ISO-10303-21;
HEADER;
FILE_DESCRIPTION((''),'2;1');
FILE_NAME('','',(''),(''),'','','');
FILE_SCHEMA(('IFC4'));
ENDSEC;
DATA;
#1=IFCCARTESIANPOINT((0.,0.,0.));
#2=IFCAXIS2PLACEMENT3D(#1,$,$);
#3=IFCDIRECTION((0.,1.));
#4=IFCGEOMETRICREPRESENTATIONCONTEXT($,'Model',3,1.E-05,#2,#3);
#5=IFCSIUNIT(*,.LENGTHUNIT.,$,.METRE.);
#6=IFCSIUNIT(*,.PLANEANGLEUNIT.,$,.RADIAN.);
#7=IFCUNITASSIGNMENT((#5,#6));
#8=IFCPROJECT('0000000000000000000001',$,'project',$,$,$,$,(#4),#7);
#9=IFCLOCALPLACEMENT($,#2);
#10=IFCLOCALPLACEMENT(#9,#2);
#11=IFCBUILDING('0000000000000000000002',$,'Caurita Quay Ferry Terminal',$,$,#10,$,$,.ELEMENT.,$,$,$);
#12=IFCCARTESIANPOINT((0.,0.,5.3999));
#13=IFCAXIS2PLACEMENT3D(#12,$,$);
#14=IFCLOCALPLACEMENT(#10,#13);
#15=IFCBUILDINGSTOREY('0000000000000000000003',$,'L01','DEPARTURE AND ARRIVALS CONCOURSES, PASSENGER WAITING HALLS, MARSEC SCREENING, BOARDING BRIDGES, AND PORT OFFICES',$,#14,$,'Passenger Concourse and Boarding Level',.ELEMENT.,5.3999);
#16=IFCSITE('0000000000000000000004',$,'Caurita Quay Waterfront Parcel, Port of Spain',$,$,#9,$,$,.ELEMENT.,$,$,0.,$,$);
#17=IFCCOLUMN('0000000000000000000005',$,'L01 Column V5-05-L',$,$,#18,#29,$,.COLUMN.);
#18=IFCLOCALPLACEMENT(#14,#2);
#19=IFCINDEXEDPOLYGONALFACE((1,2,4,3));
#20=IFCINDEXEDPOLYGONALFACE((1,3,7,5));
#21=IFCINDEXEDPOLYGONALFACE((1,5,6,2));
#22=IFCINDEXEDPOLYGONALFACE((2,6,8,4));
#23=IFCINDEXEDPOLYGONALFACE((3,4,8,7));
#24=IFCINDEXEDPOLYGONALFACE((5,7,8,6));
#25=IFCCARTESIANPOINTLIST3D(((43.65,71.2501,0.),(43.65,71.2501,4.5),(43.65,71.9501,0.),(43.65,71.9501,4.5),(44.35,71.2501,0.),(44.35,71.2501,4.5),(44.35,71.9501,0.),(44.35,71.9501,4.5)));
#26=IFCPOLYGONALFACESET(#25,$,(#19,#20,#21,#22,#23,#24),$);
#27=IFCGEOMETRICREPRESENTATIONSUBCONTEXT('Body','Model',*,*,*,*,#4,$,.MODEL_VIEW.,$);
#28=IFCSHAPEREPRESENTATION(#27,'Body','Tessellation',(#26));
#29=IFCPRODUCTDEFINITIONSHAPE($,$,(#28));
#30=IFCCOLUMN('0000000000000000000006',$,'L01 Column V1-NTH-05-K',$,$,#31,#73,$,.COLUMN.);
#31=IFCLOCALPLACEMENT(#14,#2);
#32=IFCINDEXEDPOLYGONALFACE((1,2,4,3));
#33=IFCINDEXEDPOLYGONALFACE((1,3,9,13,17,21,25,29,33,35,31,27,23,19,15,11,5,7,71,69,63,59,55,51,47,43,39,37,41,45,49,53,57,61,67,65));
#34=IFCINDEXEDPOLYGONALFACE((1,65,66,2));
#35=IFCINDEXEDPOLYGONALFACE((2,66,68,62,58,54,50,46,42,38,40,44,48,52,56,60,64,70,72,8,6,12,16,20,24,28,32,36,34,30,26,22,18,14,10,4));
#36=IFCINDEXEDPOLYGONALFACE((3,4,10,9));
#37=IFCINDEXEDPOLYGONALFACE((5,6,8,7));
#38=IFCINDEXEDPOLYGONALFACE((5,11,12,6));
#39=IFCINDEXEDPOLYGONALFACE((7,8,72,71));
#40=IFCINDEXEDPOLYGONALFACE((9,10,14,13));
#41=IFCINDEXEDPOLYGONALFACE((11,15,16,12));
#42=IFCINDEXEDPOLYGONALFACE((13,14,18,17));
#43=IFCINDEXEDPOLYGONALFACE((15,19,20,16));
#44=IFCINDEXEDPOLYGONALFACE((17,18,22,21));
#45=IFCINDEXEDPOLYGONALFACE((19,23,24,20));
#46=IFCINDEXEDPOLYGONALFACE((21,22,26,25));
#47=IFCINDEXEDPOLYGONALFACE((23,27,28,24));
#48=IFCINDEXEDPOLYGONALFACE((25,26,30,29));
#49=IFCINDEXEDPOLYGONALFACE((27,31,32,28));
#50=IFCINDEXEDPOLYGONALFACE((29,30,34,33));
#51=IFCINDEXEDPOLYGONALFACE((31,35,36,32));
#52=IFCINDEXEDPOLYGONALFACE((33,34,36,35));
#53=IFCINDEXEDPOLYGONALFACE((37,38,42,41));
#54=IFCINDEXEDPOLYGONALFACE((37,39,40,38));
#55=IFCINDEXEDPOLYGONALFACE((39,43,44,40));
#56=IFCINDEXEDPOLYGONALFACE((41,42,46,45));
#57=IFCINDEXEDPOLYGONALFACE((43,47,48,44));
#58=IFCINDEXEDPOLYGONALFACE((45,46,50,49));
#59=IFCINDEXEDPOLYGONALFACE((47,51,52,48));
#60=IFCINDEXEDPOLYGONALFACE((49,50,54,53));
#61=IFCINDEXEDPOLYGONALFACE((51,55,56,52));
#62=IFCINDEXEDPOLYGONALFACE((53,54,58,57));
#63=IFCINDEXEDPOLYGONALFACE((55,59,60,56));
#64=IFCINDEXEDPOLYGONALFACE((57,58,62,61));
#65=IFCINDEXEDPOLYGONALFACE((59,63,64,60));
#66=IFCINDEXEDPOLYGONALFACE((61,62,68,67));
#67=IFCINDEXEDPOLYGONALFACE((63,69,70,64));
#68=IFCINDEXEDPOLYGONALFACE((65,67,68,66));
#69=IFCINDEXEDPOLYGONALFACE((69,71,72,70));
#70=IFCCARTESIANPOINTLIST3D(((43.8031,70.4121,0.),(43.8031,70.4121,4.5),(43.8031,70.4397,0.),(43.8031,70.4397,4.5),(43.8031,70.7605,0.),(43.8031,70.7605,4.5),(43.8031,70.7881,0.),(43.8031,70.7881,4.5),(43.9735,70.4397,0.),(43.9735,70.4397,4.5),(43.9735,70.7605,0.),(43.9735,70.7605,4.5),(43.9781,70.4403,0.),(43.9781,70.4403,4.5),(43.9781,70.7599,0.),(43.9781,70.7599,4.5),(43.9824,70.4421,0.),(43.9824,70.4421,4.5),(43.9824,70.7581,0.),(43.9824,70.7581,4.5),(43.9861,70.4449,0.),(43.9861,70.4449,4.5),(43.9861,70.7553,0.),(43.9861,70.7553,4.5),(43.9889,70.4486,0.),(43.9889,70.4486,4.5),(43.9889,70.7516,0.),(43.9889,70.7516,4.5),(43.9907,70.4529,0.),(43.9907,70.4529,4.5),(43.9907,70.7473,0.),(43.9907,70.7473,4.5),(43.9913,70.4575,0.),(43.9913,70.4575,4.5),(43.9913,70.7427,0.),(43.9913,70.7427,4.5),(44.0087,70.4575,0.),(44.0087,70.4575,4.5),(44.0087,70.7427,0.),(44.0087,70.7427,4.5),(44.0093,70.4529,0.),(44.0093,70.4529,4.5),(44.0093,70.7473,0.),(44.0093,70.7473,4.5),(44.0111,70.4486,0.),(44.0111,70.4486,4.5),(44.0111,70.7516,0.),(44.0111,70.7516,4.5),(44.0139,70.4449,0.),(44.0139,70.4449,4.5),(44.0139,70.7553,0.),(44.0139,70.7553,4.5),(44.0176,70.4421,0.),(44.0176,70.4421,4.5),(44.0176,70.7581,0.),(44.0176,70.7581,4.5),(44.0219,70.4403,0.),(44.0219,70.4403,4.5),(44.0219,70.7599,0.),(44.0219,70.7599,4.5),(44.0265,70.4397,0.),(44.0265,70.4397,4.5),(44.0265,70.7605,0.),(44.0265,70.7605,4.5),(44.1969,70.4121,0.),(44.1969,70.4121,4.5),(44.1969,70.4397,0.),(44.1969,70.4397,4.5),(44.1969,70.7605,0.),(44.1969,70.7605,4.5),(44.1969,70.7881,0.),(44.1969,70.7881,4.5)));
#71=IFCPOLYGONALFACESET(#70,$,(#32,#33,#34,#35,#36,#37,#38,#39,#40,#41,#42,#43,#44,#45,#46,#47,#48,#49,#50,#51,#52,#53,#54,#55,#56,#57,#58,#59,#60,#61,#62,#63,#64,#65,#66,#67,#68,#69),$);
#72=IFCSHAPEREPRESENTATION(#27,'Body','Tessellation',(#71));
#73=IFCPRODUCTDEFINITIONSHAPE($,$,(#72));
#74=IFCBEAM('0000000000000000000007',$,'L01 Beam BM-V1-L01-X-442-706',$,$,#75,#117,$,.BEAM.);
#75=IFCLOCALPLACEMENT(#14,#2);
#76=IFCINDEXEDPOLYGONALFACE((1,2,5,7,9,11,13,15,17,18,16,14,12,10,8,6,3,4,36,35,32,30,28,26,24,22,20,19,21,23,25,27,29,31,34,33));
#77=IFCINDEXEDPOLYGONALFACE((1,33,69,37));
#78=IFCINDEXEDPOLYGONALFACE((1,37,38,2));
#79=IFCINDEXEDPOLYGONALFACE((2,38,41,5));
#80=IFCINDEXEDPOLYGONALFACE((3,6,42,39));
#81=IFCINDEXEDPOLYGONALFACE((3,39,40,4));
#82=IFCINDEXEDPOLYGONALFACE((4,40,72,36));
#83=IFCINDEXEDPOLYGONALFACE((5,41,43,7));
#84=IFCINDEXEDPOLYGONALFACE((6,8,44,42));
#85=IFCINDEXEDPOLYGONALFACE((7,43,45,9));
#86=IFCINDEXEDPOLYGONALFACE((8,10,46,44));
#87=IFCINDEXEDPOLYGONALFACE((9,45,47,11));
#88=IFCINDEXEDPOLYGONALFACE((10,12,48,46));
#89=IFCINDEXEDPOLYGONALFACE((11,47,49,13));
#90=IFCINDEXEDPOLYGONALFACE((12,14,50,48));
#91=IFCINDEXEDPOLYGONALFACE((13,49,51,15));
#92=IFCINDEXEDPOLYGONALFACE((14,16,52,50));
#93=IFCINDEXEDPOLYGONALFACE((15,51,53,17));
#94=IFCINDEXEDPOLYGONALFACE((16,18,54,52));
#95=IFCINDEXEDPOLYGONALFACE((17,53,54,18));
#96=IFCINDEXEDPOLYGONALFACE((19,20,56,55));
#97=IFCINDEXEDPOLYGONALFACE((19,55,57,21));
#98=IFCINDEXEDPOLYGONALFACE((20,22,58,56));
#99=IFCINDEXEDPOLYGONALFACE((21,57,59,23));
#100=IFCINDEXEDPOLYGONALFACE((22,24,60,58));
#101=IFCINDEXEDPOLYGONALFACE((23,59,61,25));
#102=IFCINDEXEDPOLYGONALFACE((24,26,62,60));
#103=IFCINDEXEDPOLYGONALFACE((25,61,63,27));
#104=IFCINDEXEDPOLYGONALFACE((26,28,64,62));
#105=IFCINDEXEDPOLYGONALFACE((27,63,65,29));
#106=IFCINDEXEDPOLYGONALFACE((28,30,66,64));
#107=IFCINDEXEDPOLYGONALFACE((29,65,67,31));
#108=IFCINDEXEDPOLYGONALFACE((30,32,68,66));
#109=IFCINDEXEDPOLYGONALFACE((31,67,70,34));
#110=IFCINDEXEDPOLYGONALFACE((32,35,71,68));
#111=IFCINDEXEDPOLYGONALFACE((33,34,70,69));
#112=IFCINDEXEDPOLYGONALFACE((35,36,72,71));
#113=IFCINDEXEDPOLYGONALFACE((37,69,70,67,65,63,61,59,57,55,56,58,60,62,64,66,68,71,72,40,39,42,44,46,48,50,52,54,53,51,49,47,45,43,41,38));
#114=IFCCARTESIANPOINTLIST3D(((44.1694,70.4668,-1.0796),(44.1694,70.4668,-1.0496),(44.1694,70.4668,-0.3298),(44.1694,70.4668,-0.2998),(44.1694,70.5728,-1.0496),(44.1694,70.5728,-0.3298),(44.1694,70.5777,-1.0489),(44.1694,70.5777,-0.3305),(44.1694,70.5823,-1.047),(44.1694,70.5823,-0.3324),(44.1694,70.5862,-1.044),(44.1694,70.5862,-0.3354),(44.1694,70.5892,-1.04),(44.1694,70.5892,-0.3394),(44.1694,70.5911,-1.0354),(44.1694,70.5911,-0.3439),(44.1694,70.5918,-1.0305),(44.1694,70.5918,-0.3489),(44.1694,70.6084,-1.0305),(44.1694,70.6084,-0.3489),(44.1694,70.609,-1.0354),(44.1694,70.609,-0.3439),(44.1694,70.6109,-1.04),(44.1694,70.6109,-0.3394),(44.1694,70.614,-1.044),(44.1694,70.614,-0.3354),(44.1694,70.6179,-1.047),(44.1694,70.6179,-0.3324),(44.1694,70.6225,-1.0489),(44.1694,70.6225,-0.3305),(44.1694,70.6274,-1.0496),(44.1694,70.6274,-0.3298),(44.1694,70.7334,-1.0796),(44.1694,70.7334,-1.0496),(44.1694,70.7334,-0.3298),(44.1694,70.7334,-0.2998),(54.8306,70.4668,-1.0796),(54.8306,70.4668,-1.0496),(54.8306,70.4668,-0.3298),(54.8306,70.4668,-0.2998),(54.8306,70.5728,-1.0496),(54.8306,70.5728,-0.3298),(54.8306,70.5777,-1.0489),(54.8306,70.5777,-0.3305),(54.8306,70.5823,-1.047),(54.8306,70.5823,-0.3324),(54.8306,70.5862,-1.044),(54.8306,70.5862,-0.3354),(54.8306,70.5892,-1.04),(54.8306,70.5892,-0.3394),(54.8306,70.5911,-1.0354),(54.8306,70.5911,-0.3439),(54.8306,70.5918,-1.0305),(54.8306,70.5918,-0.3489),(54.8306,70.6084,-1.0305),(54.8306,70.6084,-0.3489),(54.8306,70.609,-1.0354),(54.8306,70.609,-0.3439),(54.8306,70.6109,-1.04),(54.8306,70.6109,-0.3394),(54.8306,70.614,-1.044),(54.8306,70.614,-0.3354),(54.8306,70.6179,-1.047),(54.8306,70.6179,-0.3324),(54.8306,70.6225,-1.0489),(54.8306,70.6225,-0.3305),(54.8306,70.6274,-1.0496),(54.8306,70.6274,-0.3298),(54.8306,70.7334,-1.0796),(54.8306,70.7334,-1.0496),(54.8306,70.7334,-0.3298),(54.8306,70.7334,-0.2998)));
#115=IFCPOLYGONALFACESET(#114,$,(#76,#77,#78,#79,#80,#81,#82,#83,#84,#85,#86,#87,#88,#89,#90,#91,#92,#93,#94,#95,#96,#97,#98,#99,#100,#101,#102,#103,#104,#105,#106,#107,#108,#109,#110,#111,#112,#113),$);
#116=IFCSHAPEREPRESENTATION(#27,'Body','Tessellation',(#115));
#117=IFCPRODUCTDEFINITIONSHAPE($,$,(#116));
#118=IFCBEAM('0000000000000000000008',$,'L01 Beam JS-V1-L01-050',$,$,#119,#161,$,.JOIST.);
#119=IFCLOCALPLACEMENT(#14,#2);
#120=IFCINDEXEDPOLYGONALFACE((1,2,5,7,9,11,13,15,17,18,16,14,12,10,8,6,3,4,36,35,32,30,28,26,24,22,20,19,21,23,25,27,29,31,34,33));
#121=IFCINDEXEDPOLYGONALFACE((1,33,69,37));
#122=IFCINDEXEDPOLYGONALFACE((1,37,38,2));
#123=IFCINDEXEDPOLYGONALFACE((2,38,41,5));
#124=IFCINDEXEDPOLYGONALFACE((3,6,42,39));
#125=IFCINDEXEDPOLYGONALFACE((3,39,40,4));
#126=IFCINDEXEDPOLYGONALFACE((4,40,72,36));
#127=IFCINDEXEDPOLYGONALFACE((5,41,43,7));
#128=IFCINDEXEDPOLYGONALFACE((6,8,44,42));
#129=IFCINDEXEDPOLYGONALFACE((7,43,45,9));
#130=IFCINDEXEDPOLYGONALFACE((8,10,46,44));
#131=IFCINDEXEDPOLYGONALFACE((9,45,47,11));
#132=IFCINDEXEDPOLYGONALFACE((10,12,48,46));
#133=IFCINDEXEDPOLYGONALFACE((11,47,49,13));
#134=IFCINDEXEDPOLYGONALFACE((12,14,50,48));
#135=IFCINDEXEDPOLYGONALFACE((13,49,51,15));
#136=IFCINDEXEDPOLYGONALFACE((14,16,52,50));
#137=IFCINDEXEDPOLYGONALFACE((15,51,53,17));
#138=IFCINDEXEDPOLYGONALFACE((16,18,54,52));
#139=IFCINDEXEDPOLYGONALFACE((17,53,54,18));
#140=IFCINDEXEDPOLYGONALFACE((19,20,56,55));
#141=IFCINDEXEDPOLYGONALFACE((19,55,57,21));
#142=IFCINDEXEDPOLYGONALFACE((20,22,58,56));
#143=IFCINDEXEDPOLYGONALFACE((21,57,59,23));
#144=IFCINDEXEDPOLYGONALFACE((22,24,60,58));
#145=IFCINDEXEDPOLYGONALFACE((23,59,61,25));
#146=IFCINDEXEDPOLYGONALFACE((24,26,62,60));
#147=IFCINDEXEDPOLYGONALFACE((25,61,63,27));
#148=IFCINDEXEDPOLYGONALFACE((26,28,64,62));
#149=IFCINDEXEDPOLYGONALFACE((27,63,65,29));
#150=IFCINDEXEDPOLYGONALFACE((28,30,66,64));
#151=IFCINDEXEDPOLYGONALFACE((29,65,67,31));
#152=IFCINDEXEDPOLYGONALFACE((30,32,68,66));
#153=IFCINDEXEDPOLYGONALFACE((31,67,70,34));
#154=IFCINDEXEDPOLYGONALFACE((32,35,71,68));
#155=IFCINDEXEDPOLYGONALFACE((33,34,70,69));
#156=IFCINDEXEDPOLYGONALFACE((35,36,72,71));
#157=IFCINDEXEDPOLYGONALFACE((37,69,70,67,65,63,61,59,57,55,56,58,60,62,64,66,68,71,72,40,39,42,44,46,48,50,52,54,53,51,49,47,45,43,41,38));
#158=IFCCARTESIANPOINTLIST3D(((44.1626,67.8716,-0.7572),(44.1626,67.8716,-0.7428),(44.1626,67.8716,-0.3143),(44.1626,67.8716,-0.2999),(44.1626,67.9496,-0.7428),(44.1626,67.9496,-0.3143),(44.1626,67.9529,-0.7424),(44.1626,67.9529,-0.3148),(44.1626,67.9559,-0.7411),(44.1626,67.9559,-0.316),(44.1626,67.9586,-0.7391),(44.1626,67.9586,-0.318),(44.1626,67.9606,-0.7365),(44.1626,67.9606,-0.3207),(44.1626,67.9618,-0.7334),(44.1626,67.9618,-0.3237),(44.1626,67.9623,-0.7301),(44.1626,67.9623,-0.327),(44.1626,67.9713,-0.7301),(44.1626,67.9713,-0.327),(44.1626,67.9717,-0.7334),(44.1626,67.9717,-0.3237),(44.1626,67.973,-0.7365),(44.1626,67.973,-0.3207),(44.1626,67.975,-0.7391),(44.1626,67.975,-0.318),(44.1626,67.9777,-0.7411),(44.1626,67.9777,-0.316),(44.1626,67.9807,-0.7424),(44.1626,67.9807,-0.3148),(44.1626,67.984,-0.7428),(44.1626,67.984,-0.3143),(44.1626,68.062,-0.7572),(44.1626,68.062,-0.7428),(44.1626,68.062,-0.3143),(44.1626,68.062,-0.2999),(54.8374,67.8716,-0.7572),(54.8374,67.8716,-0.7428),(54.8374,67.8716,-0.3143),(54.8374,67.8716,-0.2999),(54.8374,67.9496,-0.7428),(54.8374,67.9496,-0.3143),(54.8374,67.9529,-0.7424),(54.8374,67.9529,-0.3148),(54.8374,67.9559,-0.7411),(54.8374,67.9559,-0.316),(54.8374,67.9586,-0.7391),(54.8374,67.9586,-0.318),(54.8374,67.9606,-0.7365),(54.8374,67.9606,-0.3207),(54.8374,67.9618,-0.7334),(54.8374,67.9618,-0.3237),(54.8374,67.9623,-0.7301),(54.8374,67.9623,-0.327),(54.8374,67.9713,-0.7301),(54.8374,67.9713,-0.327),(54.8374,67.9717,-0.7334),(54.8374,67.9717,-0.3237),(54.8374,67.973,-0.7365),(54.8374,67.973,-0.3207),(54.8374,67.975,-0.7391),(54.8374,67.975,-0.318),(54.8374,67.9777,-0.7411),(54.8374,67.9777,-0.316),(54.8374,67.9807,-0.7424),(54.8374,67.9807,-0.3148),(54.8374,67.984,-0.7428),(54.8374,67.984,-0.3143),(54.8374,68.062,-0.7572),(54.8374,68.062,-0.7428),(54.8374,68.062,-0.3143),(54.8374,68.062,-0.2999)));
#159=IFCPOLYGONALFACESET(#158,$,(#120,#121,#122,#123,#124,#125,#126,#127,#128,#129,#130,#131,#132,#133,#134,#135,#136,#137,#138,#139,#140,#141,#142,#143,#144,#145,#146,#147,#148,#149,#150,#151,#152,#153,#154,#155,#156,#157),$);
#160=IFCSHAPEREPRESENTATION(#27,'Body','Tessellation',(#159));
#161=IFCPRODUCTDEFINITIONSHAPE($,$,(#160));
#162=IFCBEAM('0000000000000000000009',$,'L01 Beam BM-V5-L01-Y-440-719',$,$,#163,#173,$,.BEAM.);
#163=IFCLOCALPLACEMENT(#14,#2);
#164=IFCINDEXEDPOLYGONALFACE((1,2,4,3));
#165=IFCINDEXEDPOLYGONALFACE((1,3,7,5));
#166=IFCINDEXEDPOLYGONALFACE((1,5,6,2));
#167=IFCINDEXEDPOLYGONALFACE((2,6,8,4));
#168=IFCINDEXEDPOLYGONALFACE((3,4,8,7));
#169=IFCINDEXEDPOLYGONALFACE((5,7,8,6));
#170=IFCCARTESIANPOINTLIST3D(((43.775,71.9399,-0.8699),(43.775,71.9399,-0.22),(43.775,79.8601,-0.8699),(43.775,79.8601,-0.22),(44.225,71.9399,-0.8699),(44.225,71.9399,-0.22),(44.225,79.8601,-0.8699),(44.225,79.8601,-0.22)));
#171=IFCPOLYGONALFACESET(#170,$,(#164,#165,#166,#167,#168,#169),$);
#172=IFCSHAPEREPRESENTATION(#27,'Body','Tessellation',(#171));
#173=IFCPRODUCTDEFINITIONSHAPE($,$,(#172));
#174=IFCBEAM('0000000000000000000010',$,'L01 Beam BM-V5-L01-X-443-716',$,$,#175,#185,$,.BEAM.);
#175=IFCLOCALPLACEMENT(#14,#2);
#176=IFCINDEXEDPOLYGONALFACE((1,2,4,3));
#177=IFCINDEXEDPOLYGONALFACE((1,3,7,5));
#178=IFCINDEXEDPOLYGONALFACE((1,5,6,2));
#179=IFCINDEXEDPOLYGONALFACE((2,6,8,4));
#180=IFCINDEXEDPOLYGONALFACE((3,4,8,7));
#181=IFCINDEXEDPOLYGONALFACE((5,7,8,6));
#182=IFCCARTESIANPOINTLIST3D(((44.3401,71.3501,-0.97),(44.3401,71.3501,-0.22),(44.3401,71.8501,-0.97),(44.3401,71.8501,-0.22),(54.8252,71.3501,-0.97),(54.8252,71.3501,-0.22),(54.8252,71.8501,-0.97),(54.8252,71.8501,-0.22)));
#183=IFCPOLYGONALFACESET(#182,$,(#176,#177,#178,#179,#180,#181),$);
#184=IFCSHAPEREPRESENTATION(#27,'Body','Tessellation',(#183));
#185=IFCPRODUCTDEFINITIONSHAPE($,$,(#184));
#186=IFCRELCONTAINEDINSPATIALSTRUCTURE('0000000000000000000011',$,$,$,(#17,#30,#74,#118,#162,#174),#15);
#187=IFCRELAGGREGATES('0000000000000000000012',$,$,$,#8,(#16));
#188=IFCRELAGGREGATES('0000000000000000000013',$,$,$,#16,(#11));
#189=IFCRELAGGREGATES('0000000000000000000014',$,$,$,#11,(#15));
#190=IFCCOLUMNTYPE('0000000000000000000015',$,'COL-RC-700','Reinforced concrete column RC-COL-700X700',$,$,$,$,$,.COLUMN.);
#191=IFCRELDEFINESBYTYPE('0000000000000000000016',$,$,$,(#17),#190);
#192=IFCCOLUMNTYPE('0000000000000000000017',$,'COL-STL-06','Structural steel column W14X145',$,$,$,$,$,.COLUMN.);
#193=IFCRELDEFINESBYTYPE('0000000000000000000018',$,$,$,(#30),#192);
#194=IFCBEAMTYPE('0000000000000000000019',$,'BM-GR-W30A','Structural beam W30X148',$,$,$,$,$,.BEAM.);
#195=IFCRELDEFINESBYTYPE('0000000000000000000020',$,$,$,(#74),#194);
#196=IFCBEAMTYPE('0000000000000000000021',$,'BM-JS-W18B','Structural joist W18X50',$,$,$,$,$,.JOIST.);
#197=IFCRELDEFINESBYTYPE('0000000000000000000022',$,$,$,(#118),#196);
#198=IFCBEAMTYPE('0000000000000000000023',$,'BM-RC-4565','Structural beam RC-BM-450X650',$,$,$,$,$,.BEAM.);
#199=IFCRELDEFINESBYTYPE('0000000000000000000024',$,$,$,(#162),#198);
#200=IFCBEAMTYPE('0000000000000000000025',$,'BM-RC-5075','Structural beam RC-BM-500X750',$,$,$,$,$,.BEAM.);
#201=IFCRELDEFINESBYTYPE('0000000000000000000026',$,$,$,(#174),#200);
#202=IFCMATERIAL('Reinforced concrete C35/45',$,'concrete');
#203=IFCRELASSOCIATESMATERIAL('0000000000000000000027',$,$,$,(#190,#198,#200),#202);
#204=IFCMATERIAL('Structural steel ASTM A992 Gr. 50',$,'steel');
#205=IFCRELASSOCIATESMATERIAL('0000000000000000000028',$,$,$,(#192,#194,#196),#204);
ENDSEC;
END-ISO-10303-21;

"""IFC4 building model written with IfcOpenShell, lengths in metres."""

from ifc_helpers import new_model, si_unit, direction, frame, origin, origin_2d, place, context, subcontext, project, spatial, rectangle, i_section, extrude, material, material_profile, profile_set, type_object, element, save


model = new_model("IFC4")

# Units and contexts
model_context = context("Model", 3, precision=1e-05, world=origin(), true_north=direction((0.0, 1.0)))
body_context = subcontext(model_context, "Body", "Model", "MODEL_VIEW")
ifc_project = project(units=[si_unit("LENGTHUNIT", "METRE"), si_unit("PLANEANGLEUNIT", "RADIAN")], contexts=[model_context])

# Site, building, storey
site_placement = place(None, origin())
site = spatial("IfcSite", under=ifc_project, at=site_placement, Name="Caurita Quay Waterfront Parcel, Port of Spain", CompositionType="ELEMENT", RefElevation=0.0)
building_placement = place(site_placement, origin())
building = spatial("IfcBuilding", under=site, at=building_placement, Name="Caurita Quay Ferry Terminal", CompositionType="ELEMENT")
storey_placement = place(building_placement, frame((0.0, 0.0, 5.3999)))
storey = spatial("IfcBuildingStorey", under=building, at=storey_placement, Name="L01", Description="DEPARTURE AND ARRIVALS CONCOURSES, PASSENGER WAITING HALLS, MARSEC SCREENING, BOARDING BRIDGES, AND PORT OFFICES", LongName="Passenger Concourse and Boarding Level", CompositionType="ELEMENT", Elevation=5.3999)

# Columns
ifc_material_1 = material(Name="Reinforced concrete C35/45", Category="concrete")
ifc_material_profile_1 = material_profile(ifc_material_1, rectangle(XDim=0.7, YDim=0.7, at=origin_2d()), Name="RC-COL-700X700")
ifc_profile_set_1 = profile_set([ifc_material_profile_1], Name="Reinforced concrete C35/45")
column_type_1 = type_object("IfcColumnType", Name="COL-RC-700", Description="Reinforced concrete column RC-COL-700X700", PredefinedType="COLUMN", material=ifc_profile_set_1)
column_1_placement = place(storey_placement, frame((44.0, 71.6001, 0.0), z_axis=(0.0, 0.0, 1.0), x_axis=(1.0, 0.0, 0.0)))
element("IfcColumn", 1, at=column_1_placement, inside=storey, type_object=column_type_1, Name="L01 Column V5-05-L", PredefinedType="COLUMN", context=body_context, shape_type="SweptSolid", body=[
    extrude(rectangle(XDim=0.7, YDim=0.7, at=origin_2d()), origin(), (0.0, 0.0, 1.0), 4.5),
])
ifc_material_2 = material(Name="Structural steel ASTM A992 Gr. 50", Category="steel")
ifc_material_profile_2 = material_profile(ifc_material_2, i_section(OverallWidth=0.3938, OverallDepth=0.376, WebThickness=0.0173, FlangeThickness=0.0276, FilletRadius=0.0178, at=origin_2d()), Name="W14X145")
ifc_profile_set_2 = profile_set([ifc_material_profile_2], Name="Structural steel ASTM A992 Gr. 50")
column_type_2 = type_object("IfcColumnType", Name="COL-STL-06", Description="Structural steel column W14X145", PredefinedType="COLUMN", material=ifc_profile_set_2)
column_2_placement = place(storey_placement, frame((44.0, 70.6001, 0.0), z_axis=(0.0, 0.0, 1.0), x_axis=(1.0, 0.0, 0.0)))
element("IfcColumn", 2, at=column_2_placement, inside=storey, type_object=column_type_2, Name="L01 Column V1-NTH-05-K", PredefinedType="COLUMN", context=body_context, shape_type="SweptSolid", body=[
    extrude(i_section(OverallWidth=0.3938, OverallDepth=0.376, WebThickness=0.0173, FlangeThickness=0.0276, FilletRadius=0.0178, at=origin_2d()), origin(), (0.0, 0.0, 1.0), 4.5),
])

# Beams
ifc_material_profile_3 = material_profile(ifc_material_2, i_section(OverallWidth=0.2666, OverallDepth=0.7798, WebThickness=0.0166, FlangeThickness=0.03, FilletRadius=0.019, at=origin_2d()), Name="W30X148")
ifc_profile_set_3 = profile_set([ifc_material_profile_3], Name="Structural steel ASTM A992 Gr. 50")
beam_type_1 = type_object("IfcBeamType", Name="BM-GR-W30A", Description="Structural beam W30X148", PredefinedType="BEAM", material=ifc_profile_set_3)
beam_1_placement = place(storey_placement, frame((44.1694, 70.6001, -0.6897), z_axis=(1.0, 0.0, 0.0), x_axis=(0.0, 1.0, 0.0)))
element("IfcBeam", 3, at=beam_1_placement, inside=storey, type_object=beam_type_1, Name="L01 Beam BM-V1-L01-X-442-706", PredefinedType="BEAM", context=body_context, shape_type="SweptSolid", body=[
    extrude(i_section(OverallWidth=0.2666, OverallDepth=0.7798, WebThickness=0.0166, FlangeThickness=0.03, FilletRadius=0.019, at=origin_2d()), origin(), (0.0, 0.0, 1.0), 10.6611),
])
ifc_material_profile_4 = material_profile(ifc_material_2, i_section(OverallWidth=0.1904, OverallDepth=0.4573, WebThickness=0.009, FlangeThickness=0.0144, FilletRadius=0.0127, at=origin_2d()), Name="W18X50")
ifc_profile_set_4 = profile_set([ifc_material_profile_4], Name="Structural steel ASTM A992 Gr. 50")
beam_type_2 = type_object("IfcBeamType", Name="BM-JS-W18B", Description="Structural joist W18X50", PredefinedType="JOIST", material=ifc_profile_set_4)
beam_2_placement = place(storey_placement, frame((44.1626, 67.9668, -0.5286), z_axis=(1.0, 0.0, 0.0), x_axis=(0.0, 1.0, 0.0)))
element("IfcBeam", 4, at=beam_2_placement, inside=storey, type_object=beam_type_2, Name="L01 Beam JS-V1-L01-050", PredefinedType="JOIST", context=body_context, shape_type="SweptSolid", body=[
    extrude(i_section(OverallWidth=0.1904, OverallDepth=0.4573, WebThickness=0.009, FlangeThickness=0.0144, FilletRadius=0.0127, at=origin_2d()), origin(), (0.0, 0.0, 1.0), 10.6748),
])
ifc_material_profile_5 = material_profile(ifc_material_1, rectangle(XDim=0.45, YDim=0.6499, at=origin_2d()), Name="RC-BM-450X650")
ifc_profile_set_5 = profile_set([ifc_material_profile_5], Name="Reinforced concrete C35/45")
beam_type_3 = type_object("IfcBeamType", Name="BM-RC-4565", Description="Structural beam RC-BM-450X650", PredefinedType="BEAM", material=ifc_profile_set_5)
beam_3_placement = place(storey_placement, frame((44.0, 71.9399, -0.5449), z_axis=(0.0, 1.0, 0.0), x_axis=(-1.0, 0.0, 0.0)))
element("IfcBeam", 5, at=beam_3_placement, inside=storey, type_object=beam_type_3, Name="L01 Beam BM-V5-L01-Y-440-719", PredefinedType="BEAM", context=body_context, shape_type="SweptSolid", body=[
    extrude(rectangle(XDim=0.45, YDim=0.6499, at=origin_2d()), origin(), (0.0, 0.0, 1.0), 7.9202),
])
ifc_material_profile_6 = material_profile(ifc_material_1, rectangle(XDim=0.5, YDim=0.75, at=origin_2d()), Name="RC-BM-500X750")
ifc_profile_set_6 = profile_set([ifc_material_profile_6], Name="Reinforced concrete C35/45")
beam_type_4 = type_object("IfcBeamType", Name="BM-RC-5075", Description="Structural beam RC-BM-500X750", PredefinedType="BEAM", material=ifc_profile_set_6)
beam_4_placement = place(storey_placement, frame((44.3401, 71.6001, -0.595), z_axis=(1.0, 0.0, 0.0), x_axis=(0.0, 1.0, 0.0)))
element("IfcBeam", 6, at=beam_4_placement, inside=storey, type_object=beam_type_4, Name="L01 Beam BM-V5-L01-X-443-716", PredefinedType="BEAM", context=body_context, shape_type="SweptSolid", body=[
    extrude(rectangle(XDim=0.5, YDim=0.75, at=origin_2d()), origin(), (0.0, 0.0, 1.0), 10.4851),
])

save(model, "model.ifc")
